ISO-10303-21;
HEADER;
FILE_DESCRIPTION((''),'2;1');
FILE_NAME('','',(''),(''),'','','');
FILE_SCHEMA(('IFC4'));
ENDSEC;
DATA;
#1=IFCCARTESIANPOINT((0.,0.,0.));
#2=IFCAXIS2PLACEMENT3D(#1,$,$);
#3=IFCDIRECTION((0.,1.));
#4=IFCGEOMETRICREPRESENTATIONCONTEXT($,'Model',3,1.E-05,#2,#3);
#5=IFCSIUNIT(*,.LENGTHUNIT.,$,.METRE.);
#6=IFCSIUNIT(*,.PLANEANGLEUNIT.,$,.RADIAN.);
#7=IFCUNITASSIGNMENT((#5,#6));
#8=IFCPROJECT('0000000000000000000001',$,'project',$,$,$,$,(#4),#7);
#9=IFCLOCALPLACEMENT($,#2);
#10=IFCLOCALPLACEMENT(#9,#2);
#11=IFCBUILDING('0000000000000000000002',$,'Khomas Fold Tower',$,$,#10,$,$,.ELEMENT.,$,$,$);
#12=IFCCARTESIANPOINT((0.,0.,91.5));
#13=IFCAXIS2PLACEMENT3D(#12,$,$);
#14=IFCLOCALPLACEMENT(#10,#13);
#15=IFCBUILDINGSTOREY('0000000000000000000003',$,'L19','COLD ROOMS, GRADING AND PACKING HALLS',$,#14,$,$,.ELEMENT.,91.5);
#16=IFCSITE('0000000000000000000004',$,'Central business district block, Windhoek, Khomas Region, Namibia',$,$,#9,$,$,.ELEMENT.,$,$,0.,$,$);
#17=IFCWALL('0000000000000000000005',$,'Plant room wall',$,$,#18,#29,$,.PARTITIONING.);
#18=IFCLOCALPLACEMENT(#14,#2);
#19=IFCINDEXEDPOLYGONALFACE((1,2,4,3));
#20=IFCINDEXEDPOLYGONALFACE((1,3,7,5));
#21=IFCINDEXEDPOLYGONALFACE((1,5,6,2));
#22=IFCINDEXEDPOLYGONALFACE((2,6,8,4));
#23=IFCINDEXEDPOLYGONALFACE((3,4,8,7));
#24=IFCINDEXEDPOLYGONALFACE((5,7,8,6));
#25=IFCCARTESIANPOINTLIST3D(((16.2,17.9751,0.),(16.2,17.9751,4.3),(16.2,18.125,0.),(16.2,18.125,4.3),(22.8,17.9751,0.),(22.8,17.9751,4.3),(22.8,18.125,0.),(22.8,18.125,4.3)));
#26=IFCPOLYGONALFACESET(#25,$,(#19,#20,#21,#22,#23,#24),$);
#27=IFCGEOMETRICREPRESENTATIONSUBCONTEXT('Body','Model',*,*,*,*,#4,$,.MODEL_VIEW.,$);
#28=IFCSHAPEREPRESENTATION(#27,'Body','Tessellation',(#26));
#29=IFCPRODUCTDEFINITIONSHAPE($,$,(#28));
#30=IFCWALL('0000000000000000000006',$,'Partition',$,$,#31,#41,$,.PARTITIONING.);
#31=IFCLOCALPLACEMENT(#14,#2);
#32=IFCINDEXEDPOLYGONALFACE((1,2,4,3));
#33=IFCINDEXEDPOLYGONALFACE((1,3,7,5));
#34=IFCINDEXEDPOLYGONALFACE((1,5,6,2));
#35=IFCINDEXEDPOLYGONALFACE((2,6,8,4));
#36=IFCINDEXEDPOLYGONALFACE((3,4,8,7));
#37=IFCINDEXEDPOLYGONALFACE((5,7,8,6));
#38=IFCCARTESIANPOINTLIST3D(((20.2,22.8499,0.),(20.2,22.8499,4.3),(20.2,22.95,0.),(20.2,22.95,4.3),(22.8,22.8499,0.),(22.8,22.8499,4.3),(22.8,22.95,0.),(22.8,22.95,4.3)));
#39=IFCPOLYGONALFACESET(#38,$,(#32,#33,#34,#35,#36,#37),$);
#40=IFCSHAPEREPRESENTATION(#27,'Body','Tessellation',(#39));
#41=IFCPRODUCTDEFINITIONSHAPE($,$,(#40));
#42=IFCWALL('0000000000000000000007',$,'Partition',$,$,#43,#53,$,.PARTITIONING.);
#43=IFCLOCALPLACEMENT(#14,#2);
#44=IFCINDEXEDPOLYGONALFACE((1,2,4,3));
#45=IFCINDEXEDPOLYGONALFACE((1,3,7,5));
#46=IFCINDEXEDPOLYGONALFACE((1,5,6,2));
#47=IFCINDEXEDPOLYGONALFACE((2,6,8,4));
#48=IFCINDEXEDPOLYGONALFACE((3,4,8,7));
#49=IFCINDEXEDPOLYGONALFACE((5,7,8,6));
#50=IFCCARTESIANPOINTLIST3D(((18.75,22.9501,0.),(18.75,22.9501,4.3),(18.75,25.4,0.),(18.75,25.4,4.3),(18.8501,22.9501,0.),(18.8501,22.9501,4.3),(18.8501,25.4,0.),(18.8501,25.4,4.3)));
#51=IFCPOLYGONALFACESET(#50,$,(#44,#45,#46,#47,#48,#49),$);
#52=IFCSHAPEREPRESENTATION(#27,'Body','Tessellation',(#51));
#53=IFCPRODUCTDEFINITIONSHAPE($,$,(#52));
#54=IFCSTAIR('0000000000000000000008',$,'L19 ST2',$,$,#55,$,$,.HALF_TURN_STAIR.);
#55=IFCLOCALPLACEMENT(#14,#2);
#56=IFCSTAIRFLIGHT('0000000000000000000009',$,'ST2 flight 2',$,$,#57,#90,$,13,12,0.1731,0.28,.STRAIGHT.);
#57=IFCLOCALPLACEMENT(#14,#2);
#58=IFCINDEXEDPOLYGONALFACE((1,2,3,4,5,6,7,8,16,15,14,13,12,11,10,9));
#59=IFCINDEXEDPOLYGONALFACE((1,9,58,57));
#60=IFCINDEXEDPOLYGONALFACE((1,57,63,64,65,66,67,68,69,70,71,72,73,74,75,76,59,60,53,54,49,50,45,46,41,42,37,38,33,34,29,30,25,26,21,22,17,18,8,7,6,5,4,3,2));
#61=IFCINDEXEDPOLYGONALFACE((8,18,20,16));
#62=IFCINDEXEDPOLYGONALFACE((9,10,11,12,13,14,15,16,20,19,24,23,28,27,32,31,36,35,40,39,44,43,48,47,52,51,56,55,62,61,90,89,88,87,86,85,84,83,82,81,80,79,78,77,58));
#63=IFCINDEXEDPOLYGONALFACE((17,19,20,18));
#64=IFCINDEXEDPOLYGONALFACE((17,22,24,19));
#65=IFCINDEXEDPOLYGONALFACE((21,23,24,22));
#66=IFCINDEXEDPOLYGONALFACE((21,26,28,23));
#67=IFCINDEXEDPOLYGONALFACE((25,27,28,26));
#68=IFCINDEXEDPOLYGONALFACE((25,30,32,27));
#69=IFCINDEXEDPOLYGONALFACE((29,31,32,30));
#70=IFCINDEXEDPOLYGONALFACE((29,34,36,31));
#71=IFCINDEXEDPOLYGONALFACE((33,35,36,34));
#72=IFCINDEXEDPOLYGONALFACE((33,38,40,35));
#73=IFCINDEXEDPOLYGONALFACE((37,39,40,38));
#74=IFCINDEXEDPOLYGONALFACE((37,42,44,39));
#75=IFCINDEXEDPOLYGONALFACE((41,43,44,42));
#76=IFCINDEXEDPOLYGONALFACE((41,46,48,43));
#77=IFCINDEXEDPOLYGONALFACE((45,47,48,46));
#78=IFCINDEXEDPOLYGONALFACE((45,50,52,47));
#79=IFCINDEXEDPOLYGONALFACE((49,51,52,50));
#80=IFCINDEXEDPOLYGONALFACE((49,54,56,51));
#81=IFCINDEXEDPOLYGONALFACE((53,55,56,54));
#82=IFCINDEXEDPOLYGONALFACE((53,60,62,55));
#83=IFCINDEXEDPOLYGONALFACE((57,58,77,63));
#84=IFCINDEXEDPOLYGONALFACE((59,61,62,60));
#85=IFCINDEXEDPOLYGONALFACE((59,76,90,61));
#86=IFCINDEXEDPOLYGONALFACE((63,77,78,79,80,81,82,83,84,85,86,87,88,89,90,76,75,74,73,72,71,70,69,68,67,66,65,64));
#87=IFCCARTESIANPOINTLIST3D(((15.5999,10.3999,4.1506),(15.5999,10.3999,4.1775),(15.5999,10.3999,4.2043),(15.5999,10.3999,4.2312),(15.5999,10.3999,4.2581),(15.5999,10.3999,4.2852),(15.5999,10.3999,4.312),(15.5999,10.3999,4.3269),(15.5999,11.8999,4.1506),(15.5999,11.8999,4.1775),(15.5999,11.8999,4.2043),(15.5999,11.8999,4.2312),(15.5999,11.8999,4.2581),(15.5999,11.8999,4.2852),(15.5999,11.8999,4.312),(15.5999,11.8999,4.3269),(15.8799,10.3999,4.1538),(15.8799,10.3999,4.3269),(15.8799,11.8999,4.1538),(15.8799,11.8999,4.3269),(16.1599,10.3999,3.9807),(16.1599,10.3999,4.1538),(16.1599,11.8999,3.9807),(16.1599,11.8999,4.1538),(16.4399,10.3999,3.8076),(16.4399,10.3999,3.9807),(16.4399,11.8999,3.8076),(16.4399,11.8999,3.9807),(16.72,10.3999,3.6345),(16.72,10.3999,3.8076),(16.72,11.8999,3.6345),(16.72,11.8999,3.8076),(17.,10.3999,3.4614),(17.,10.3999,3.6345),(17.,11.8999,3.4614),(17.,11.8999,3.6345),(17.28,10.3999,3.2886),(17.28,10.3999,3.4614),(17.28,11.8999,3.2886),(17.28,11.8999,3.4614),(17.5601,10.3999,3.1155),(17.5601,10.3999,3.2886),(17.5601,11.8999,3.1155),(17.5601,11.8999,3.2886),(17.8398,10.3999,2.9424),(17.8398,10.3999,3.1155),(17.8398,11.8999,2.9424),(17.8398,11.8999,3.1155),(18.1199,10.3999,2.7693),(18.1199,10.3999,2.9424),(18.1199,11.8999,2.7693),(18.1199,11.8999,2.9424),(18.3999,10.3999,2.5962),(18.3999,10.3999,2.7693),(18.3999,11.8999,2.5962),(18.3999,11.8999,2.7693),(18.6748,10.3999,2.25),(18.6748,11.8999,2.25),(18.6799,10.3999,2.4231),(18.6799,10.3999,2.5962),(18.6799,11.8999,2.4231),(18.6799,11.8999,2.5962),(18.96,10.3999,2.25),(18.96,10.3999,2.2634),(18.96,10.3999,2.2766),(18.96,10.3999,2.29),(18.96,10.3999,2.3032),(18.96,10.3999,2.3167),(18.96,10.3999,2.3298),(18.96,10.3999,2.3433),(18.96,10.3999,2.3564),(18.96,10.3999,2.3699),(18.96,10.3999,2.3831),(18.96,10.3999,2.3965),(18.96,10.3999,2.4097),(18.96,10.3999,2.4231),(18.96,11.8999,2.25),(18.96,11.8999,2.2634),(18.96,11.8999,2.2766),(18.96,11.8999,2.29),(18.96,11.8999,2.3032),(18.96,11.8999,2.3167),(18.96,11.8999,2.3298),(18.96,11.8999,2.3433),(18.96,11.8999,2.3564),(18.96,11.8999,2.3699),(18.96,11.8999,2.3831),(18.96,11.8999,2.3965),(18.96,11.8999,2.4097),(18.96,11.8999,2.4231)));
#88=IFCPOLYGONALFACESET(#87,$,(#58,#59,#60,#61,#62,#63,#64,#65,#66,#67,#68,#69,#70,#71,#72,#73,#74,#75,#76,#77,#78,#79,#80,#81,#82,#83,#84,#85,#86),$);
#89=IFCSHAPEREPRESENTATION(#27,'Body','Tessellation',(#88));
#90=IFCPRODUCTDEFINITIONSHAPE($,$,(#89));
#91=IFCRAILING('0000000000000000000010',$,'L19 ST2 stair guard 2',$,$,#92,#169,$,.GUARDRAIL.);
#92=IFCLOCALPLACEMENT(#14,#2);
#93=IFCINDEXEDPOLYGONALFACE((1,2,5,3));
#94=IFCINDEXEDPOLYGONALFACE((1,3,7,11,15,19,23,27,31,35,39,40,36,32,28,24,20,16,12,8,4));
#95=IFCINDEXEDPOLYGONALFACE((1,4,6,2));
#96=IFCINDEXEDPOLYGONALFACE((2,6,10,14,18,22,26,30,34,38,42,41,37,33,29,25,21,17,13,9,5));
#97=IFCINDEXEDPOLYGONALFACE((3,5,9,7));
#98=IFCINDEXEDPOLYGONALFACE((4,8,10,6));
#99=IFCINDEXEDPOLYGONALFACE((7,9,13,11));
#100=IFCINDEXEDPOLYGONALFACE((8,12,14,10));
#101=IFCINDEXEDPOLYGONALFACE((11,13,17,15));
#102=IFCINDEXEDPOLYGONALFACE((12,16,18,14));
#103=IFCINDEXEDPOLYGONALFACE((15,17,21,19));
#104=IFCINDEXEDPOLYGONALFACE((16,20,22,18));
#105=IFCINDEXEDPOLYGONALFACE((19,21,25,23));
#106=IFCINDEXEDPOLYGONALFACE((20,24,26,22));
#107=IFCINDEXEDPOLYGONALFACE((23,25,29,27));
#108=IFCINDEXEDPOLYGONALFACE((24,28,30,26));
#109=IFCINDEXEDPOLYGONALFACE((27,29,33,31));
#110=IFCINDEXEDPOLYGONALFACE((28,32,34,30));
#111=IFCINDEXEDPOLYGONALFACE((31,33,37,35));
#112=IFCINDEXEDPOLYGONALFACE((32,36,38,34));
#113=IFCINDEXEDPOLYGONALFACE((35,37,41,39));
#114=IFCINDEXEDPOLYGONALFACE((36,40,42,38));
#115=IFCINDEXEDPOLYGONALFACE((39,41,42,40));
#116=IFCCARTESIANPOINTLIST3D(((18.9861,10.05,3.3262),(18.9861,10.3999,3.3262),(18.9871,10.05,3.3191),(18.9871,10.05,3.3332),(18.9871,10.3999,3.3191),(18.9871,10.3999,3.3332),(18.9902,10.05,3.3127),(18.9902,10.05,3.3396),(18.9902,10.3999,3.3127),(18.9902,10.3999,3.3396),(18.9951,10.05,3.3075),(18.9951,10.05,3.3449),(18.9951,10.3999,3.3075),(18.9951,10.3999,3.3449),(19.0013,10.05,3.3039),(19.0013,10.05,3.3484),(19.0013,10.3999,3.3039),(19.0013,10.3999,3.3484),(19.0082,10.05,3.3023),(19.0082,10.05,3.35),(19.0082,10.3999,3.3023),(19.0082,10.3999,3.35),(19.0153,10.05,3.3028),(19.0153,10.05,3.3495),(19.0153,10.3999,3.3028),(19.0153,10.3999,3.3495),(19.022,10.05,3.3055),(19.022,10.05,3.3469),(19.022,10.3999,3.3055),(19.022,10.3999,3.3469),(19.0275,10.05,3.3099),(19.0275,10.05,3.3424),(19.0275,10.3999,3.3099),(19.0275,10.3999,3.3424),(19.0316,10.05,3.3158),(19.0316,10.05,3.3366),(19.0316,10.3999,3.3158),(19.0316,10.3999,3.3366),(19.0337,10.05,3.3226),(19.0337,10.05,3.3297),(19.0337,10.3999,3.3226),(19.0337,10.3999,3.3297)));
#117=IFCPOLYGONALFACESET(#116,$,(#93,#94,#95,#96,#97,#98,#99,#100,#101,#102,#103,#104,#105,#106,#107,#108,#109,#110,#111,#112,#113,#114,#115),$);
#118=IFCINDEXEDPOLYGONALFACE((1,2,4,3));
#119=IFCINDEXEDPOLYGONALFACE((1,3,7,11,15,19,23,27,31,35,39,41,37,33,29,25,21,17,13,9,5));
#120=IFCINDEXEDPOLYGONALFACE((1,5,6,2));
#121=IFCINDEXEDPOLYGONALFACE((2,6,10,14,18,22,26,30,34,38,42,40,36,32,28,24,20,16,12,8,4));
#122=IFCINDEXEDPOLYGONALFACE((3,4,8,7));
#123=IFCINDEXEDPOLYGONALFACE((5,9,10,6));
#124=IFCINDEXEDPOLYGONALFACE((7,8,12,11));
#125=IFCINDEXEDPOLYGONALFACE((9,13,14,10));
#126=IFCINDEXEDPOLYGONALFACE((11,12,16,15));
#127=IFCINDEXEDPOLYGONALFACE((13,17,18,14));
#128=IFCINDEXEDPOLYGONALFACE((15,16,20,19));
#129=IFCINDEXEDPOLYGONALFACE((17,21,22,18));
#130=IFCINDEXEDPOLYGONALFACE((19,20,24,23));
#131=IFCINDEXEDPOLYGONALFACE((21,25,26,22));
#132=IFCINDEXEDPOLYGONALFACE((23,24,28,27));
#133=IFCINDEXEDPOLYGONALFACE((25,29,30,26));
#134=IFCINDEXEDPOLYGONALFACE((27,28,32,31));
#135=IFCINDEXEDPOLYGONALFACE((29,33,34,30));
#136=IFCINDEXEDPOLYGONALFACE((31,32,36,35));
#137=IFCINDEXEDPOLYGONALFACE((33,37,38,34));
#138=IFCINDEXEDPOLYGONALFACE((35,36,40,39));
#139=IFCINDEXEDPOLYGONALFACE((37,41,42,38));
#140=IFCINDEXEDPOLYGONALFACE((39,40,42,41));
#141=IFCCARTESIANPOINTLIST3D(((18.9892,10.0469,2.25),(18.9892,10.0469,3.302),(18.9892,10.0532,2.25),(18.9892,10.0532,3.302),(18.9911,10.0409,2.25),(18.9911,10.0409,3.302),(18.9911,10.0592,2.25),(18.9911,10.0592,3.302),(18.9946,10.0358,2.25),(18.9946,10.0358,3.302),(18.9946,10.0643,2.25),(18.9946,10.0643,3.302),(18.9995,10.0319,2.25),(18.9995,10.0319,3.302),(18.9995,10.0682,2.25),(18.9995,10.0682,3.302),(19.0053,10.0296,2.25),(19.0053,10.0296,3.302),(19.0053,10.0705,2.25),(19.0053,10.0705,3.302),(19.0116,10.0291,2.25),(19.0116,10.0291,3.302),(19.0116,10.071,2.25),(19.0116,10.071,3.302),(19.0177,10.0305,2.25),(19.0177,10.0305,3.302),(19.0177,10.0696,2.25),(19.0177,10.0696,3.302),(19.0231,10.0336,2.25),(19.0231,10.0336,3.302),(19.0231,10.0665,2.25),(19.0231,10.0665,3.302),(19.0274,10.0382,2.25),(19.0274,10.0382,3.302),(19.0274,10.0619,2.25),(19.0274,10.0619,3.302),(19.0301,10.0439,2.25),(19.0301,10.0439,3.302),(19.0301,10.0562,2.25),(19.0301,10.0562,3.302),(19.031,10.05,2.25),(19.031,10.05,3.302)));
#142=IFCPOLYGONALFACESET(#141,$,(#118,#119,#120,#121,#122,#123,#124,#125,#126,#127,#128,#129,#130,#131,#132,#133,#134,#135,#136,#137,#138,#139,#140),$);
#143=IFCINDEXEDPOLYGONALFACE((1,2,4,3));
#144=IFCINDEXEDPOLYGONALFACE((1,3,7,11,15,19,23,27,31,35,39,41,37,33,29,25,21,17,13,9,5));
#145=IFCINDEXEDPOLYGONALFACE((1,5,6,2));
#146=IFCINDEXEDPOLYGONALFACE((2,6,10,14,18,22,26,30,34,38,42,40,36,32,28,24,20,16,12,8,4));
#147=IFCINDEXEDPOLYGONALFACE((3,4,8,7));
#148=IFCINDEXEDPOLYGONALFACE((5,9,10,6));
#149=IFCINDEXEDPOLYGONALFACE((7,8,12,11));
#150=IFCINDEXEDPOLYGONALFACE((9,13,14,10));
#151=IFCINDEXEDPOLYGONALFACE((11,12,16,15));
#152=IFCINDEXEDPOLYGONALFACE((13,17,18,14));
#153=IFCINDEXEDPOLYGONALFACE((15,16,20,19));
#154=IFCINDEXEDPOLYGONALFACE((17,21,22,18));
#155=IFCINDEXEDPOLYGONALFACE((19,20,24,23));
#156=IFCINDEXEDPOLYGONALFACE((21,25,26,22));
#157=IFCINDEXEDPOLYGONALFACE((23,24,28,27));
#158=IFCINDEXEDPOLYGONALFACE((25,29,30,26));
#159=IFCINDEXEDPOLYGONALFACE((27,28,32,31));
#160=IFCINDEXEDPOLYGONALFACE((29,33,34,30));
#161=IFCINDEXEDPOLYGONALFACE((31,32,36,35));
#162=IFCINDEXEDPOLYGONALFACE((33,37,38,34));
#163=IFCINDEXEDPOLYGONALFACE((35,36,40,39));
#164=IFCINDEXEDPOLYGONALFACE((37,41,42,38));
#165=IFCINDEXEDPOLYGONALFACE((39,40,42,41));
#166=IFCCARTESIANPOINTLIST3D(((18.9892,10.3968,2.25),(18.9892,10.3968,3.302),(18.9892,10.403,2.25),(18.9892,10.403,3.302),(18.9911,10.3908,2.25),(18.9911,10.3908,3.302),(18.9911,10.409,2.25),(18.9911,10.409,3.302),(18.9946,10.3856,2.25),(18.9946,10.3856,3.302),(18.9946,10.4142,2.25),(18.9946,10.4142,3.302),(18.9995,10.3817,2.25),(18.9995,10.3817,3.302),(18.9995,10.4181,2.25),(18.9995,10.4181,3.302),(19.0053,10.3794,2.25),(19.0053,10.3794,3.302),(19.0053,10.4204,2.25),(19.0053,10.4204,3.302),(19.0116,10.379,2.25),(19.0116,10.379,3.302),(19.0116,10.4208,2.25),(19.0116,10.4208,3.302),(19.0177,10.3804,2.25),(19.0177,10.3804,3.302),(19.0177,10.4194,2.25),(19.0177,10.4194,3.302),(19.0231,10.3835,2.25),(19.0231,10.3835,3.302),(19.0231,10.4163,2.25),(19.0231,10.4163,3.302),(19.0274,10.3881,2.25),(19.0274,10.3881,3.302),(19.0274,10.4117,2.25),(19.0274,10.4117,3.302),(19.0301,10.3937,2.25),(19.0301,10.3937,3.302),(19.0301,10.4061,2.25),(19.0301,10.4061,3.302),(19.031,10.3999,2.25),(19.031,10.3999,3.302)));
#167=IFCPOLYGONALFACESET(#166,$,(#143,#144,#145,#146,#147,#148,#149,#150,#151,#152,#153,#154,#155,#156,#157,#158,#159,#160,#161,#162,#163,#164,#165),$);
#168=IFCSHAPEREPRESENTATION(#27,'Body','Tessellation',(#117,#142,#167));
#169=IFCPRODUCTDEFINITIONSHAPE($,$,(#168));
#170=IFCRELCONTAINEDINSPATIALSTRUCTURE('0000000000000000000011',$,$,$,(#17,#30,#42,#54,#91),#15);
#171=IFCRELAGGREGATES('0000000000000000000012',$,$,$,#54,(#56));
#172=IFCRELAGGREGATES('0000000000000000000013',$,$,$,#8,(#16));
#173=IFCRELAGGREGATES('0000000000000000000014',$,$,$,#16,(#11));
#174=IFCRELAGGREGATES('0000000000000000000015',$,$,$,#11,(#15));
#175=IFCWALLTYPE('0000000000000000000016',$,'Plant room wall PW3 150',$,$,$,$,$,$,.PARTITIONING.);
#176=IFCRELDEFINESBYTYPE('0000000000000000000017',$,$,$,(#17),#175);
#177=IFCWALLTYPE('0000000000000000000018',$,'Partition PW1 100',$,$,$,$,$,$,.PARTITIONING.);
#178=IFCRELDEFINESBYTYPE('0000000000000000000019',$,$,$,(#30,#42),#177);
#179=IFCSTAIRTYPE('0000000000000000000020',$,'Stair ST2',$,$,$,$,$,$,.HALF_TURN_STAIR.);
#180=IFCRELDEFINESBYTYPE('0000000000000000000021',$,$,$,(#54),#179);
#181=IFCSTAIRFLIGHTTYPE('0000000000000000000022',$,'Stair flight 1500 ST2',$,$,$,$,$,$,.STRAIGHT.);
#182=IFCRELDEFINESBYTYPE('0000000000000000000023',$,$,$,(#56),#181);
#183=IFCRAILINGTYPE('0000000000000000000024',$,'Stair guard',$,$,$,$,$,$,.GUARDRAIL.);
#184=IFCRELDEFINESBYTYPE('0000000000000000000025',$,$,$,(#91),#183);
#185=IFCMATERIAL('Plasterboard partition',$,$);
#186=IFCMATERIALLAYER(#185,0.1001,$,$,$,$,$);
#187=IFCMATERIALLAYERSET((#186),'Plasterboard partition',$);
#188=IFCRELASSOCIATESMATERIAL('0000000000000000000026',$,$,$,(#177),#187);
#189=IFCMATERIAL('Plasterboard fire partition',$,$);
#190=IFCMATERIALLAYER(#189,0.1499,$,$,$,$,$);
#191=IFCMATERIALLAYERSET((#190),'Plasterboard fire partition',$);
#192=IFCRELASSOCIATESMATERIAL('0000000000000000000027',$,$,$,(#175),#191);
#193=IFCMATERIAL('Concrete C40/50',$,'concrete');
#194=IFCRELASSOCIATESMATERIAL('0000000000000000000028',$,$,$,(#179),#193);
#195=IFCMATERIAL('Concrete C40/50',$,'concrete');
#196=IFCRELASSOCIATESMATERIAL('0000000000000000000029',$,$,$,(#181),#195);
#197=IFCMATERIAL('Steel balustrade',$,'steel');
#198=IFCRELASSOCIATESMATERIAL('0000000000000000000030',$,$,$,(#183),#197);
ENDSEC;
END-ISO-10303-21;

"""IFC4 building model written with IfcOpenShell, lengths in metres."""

from ifc_helpers import new_model, si_unit, direction, frame, frame_2d, origin, origin_2d, place, context, subcontext, project, spatial, polyline, rectangle, circle, outline, extrude, source, transform, mapped, material, layer, layer_set, type_object, element, aggregate, save


model = new_model("IFC4")

# Units and contexts
model_context = context("Model", 3, precision=1e-05, world=origin(), true_north=direction((0.0, 1.0)))
body_context = subcontext(model_context, "Body", "Model", "MODEL_VIEW")
ifc_project = project(units=[si_unit("LENGTHUNIT", "METRE"), si_unit("PLANEANGLEUNIT", "RADIAN")], contexts=[model_context])

# Site, building, storey
site_placement = place(None, origin())
site = spatial("IfcSite", under=ifc_project, at=site_placement, Name="Central business district block, Windhoek, Khomas Region, Namibia", CompositionType="ELEMENT", RefElevation=0.0)
building_placement = place(site_placement, origin())
building = spatial("IfcBuilding", under=site, at=building_placement, Name="Khomas Fold Tower", CompositionType="ELEMENT")
storey_placement = place(building_placement, frame((0.0, 0.0, 91.5)))
storey = spatial("IfcBuildingStorey", under=building, at=storey_placement, Name="L19", Description="COLD ROOMS, GRADING AND PACKING HALLS", CompositionType="ELEMENT", Elevation=91.5)

# Walls
ifc_material_1 = material(Name="Plasterboard partition")
ifc_layer_1 = layer(ifc_material_1, 0.1001)
ifc_layer_set_1 = layer_set([ifc_layer_1], Name="Plasterboard partition")
wall_type_1 = type_object("IfcWallType", Name="Partition PW1 100", PredefinedType="PARTITIONING", material=ifc_layer_set_1)
ifc_material_2 = material(Name="Plasterboard fire partition")
ifc_layer_2 = layer(ifc_material_2, 0.1499)
ifc_layer_set_2 = layer_set([ifc_layer_2], Name="Plasterboard fire partition")
wall_type_2 = type_object("IfcWallType", Name="Plant room wall PW3 150", PredefinedType="PARTITIONING", material=ifc_layer_set_2)
shared_shape_1 = source(origin(), body_context, "Body", "SweptSolid", [
    extrude(rectangle(XDim=6.6001, YDim=0.1499, at=frame_2d((3.3, 0.0))), origin(), (0.0, 0.0, 1.0), 4.3),
])
wall_1_placement = place(storey_placement, frame((16.2, 18.05, 0.0), z_axis=(0.0, 0.0, 1.0), x_axis=(1.0, 0.0, 0.0)))
element("IfcWall", 1, at=wall_1_placement, inside=storey, type_object=wall_type_2, Name="Plant room wall", PredefinedType="PARTITIONING", context=body_context, shape_type="MappedRepresentation", body=[
    mapped(shared_shape_1, transform((0.0, 0.0, 0.0))),
])
shared_shape_2 = source(origin(), body_context, "Body", "SweptSolid", [
    extrude(rectangle(XDim=2.6001, YDim=0.1001, at=frame_2d((1.3, 0.0))), origin(), (0.0, 0.0, 1.0), 4.3),
])
wall_2_placement = place(storey_placement, frame((20.2, 22.8999, 0.0), z_axis=(0.0, 0.0, 1.0), x_axis=(1.0, 0.0, 0.0)))
element("IfcWall", 2, at=wall_2_placement, inside=storey, type_object=wall_type_1, Name="Partition", PredefinedType="PARTITIONING", context=body_context, shape_type="MappedRepresentation", body=[
    mapped(shared_shape_2, transform((0.0, 0.0, 0.0))),
])
shared_shape_3 = source(origin(), body_context, "Body", "SweptSolid", [
    extrude(rectangle(XDim=2.45, YDim=0.1001, at=frame_2d((1.2251, 0.0))), origin(), (0.0, 0.0, 1.0), 4.3),
])
wall_3_placement = place(storey_placement, frame((18.8, 22.95, 0.0), z_axis=(0.0, 0.0, 1.0), x_axis=(0.0, 1.0, 0.0)))
element("IfcWall", 3, at=wall_3_placement, inside=storey, type_object=wall_type_1, Name="Partition", PredefinedType="PARTITIONING", context=body_context, shape_type="MappedRepresentation", body=[
    mapped(shared_shape_3, transform((0.0, 0.0, 0.0))),
])

# Stair, stair flight
ifc_material_3 = material(Name="Concrete C40/50", Category="concrete")
stair_type = type_object("IfcStairType", Name="Stair ST2", PredefinedType="HALF_TURN_STAIR", material=ifc_material_3)
stair_placement = place(storey_placement, origin())
stair = element("IfcStair", 4, at=stair_placement, inside=storey, type_object=stair_type, Name="L19 ST2", PredefinedType="HALF_TURN_STAIR")
ifc_material_4 = material(Name="Concrete C40/50", Category="concrete")
stair_flight_type = type_object("IfcStairFlightType", Name="Stair flight 1500 ST2", PredefinedType="STRAIGHT", material=ifc_material_4)
shared_shape_4 = source(origin(), body_context, "Body", "SweptSolid", [
    extrude(outline(polyline([(0.0, 0.0), (0.0, 0.0134), (0.0, 0.0266), (0.0, 0.04), (0.0, 0.0532), (0.0, 0.0667), (0.0, 0.0798), (0.0, 0.0933), (0.0, 0.1064), (0.0, 0.1199), (0.0, 0.1331), (0.0, 0.1465), (0.0, 0.1597), (0.0, 0.1731), (0.28, 0.1731), (0.28, 0.3462), (0.5601, 0.3462), (0.5601, 0.5193), (0.8401, 0.5193), (0.8401, 0.6924), (1.1201, 0.6924), (1.1201, 0.8655), (1.3999, 0.8655), (1.3999, 1.0386), (1.6799, 1.0386), (1.6799, 1.2114), (1.96, 1.2114), (1.96, 1.3845), (2.24, 1.3845), (2.24, 1.5576), (2.52, 1.5576), (2.52, 1.7307), (2.8, 1.7307), (2.8, 1.9038), (3.0801, 1.9038), (3.0801, 2.0769), (3.3601, 2.0769), (3.3601, 2.25), (3.3601, 2.2231), (3.3601, 2.1963), (3.3601, 2.1694), (3.3601, 2.1426), (3.3601, 2.1157), (3.3601, 2.0889), (3.3601, 2.062), (3.3601, 2.0352), (3.3601, 2.0081), (3.3601, 1.9812), (3.3601, 1.9543), (3.3601, 1.9275), (3.3601, 1.9006), (0.2852, 0.0), (0.0, 0.0)])), frame((0.0, 0.75, 0.0), z_axis=(0.0, -1.0, 0.0), x_axis=(1.0, 0.0, 0.0)), (0.0, 0.0, 1.0), 1.5),
])
stair_flight_placement = place(storey_placement, frame((18.96, 11.1499, 2.25), z_axis=(0.0, 0.0, 1.0), x_axis=(-1.0, 0.0, 0.0)))
stair_flight = element("IfcStairFlight", 5, at=stair_flight_placement, type_object=stair_flight_type, Name="ST2 flight 2", NumberOfRisers=13, NumberOfTreads=12, PredefinedType="STRAIGHT", RiserHeight=0.1731, TreadLength=0.28, context=body_context, shape_type="MappedRepresentation", body=[
    mapped(shared_shape_4, transform((0.0, 0.0, 0.0))),
])
aggregate(stair, [stair_flight])

# Railing
ifc_material_5 = material(Name="Steel balustrade", Category="steel")
railing_type_1 = type_object("IfcRailingType", Name="Stair guard", PredefinedType="GUARDRAIL", material=ifc_material_5)
shared_shape_5 = source(origin(), body_context, "Body", "SweptSolid", [
    extrude(circle(Radius=0.0239, at=origin_2d()), frame((0.0, 0.0, 1.0762), z_axis=(0.0, 1.0, 0.0), x_axis=(-1.0, 0.0, 0.0)), (0.0, 0.0, 1.0), 0.3499),
    extrude(circle(Radius=0.021, at=origin_2d()), origin(), (0.0, 0.0, 1.0), 1.052),
    extrude(circle(Radius=0.021, at=origin_2d()), frame((0.0, 0.3499, 0.0)), (0.0, 0.0, 1.0), 1.052),
])
railing_1_placement = place(storey_placement, frame((19.01, 10.05, 2.25)))
element("IfcRailing", 6, at=railing_1_placement, inside=storey, type_object=railing_type_1, Name="L19 ST2 stair guard 2", PredefinedType="GUARDRAIL", context=body_context, shape_type="MappedRepresentation", body=[
    mapped(shared_shape_5, transform((0.0, 0.0, 0.0))),
])

save(model, "model.ifc")
